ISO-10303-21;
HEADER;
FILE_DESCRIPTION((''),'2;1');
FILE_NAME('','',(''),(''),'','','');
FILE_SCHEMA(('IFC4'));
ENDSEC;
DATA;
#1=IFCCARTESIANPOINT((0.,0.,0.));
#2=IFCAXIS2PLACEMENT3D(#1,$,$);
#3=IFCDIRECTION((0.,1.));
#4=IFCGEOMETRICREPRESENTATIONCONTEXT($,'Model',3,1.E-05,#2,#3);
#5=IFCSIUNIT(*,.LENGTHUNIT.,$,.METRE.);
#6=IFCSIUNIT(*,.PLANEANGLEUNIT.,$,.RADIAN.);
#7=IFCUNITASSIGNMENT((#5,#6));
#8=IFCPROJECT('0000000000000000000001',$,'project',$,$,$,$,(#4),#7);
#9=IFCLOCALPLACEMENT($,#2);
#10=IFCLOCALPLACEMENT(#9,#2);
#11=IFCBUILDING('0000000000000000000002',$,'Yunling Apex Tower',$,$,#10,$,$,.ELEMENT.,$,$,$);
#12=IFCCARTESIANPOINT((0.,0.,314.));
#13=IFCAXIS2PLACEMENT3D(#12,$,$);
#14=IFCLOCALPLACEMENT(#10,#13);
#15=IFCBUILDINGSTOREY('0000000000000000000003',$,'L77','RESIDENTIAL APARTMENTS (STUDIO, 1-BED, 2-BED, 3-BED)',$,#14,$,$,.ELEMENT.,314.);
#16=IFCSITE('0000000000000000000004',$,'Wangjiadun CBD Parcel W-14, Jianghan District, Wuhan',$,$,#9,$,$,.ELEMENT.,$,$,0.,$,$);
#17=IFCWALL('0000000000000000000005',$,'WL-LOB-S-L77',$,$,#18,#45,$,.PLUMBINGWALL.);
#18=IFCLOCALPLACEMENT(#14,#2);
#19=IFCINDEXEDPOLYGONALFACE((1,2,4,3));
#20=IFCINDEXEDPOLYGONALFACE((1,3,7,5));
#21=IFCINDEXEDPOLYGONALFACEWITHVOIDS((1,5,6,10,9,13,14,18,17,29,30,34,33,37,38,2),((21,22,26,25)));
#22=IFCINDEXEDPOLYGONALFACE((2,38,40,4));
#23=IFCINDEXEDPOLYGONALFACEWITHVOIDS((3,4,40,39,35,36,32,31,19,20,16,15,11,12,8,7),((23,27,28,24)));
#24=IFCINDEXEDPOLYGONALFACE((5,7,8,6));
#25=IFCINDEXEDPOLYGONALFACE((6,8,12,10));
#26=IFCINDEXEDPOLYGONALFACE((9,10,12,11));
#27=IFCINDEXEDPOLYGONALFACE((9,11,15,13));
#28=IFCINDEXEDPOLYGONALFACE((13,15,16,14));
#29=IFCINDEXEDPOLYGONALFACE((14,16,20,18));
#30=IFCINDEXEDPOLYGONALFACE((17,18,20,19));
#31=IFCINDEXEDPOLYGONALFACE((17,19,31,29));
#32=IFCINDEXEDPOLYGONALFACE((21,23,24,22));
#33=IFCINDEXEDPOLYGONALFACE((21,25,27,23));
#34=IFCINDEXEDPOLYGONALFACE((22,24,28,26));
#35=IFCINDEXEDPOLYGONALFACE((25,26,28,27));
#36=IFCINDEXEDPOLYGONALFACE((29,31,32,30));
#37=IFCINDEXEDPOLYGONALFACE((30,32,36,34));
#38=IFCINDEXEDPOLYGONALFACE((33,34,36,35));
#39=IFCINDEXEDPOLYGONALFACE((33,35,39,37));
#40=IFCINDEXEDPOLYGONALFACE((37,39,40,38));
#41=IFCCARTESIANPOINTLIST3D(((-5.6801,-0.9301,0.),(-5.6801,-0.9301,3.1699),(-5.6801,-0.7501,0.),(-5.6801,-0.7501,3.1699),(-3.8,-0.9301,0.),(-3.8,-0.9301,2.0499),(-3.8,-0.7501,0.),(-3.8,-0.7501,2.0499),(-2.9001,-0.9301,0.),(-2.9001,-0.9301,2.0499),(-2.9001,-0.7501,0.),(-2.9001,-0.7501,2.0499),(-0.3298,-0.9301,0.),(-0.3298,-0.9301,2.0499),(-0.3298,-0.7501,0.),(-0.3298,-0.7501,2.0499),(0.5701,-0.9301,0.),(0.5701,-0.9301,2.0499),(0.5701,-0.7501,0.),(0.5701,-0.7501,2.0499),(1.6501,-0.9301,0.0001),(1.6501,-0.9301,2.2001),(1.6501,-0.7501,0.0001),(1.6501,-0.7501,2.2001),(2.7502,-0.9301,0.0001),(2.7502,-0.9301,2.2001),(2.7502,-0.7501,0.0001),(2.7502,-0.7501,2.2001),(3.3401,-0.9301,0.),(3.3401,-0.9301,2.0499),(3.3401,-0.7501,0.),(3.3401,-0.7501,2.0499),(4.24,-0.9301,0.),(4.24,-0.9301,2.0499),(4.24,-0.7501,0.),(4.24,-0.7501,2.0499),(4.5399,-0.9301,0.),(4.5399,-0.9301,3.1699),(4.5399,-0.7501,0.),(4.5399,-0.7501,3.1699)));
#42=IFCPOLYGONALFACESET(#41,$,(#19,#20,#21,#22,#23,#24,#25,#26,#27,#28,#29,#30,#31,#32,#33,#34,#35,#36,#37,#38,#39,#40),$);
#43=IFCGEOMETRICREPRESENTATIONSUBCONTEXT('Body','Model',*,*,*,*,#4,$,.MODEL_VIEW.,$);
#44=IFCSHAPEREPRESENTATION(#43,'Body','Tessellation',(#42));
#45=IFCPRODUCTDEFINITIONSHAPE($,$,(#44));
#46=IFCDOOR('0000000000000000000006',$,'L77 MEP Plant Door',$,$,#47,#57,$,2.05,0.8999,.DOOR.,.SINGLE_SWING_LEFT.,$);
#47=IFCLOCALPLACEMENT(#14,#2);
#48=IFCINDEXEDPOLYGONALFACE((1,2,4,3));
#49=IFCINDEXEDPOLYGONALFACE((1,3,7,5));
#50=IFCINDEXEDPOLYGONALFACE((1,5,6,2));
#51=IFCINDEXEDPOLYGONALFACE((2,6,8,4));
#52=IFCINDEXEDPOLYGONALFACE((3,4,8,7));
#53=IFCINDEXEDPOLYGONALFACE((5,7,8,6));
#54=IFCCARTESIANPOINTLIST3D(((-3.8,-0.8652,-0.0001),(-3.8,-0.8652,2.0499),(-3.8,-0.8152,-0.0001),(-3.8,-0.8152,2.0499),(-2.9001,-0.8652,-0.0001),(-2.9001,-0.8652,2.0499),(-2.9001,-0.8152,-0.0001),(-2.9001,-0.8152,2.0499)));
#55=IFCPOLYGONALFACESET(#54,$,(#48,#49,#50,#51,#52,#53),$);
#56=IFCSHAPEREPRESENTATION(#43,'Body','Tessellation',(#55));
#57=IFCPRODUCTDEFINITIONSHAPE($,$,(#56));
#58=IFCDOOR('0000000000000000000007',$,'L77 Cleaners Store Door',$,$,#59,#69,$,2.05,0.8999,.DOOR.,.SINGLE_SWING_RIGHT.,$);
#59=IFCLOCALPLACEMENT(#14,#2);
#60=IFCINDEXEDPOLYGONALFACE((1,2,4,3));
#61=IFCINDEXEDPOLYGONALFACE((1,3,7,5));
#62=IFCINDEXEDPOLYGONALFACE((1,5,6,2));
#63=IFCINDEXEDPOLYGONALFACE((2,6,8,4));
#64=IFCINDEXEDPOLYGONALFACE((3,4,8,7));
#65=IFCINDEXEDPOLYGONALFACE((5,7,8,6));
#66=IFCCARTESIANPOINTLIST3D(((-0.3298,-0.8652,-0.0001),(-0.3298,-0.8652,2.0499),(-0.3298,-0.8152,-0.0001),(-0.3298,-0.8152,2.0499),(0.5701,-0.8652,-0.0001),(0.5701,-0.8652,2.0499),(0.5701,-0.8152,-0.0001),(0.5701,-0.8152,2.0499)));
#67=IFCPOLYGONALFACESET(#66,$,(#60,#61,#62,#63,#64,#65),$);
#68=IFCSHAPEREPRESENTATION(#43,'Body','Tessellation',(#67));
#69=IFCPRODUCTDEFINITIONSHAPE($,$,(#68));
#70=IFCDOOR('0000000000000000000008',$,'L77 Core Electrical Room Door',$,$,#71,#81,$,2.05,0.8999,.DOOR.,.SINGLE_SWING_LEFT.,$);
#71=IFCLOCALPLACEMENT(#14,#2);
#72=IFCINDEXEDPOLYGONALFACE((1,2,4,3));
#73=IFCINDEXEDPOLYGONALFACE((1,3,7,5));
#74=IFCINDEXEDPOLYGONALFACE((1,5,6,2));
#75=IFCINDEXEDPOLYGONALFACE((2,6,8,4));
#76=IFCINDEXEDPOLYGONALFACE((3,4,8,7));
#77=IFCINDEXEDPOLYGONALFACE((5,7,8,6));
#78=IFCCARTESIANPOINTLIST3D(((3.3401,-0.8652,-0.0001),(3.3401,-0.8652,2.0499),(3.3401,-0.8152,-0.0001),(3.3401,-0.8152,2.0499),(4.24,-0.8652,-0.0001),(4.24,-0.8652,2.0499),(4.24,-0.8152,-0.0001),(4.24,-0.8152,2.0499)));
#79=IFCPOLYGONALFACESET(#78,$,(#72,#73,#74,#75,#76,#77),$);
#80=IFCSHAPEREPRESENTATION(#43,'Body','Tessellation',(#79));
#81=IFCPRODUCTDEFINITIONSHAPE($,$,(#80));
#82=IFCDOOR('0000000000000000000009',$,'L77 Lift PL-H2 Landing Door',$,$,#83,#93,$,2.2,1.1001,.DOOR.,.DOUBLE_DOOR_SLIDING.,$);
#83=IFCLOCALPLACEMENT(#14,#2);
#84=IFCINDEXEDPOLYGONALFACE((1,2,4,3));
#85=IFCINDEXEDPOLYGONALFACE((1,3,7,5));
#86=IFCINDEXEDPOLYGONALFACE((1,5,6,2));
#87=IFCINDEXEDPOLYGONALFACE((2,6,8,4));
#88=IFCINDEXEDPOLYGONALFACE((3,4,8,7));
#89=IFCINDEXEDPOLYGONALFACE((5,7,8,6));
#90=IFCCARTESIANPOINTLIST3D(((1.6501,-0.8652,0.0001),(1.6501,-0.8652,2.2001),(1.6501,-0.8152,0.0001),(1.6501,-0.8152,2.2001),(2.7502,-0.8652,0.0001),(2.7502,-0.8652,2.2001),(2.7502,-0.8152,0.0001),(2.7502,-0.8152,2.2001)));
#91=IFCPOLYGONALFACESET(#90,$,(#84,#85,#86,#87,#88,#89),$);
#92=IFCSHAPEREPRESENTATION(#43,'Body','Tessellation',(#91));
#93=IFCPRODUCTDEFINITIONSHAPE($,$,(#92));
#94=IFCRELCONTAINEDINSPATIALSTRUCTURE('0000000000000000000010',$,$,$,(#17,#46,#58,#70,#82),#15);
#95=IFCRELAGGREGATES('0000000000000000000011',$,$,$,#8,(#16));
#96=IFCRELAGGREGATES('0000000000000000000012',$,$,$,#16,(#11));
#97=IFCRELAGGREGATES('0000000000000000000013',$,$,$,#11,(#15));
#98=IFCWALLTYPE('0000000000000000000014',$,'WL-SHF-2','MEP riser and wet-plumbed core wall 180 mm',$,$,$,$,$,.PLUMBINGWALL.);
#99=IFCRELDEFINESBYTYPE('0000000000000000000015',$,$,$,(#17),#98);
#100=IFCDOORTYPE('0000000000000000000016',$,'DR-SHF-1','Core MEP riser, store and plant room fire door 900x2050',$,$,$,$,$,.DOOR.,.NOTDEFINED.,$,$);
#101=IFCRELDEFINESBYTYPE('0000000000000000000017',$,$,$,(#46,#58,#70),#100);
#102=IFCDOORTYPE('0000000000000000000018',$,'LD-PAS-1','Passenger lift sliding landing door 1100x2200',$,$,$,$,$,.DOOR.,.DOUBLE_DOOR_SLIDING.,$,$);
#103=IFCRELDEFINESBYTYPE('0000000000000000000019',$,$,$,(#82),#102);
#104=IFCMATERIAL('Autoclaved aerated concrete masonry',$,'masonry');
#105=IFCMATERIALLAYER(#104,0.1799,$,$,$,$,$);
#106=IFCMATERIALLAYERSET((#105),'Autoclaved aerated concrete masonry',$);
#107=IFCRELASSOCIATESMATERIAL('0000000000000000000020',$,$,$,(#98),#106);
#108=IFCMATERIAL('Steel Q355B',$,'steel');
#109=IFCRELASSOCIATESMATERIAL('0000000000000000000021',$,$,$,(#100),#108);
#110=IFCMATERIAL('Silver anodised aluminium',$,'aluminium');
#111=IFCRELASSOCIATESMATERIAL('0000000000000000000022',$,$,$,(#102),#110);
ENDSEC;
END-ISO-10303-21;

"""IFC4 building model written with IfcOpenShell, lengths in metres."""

from ifc_helpers import new_model, si_unit, direction, frame, frame_2d, origin, place, context, subcontext, project, spatial, rectangle, extrude, material, layer, layer_set, type_object, element, fill, save


model = new_model("IFC4")

# Units and contexts
model_context = context("Model", 3, precision=1e-05, world=origin(), true_north=direction((0.0, 1.0)))
body_context = subcontext(model_context, "Body", "Model", "MODEL_VIEW")
ifc_project = project(units=[si_unit("LENGTHUNIT", "METRE"), si_unit("PLANEANGLEUNIT", "RADIAN")], contexts=[model_context])

# Site, building, storey
site_placement = place(None, origin())
site = spatial("IfcSite", under=ifc_project, at=site_placement, Name="Wangjiadun CBD Parcel W-14, Jianghan District, Wuhan", CompositionType="ELEMENT", RefElevation=0.0)
building_placement = place(site_placement, origin())
building = spatial("IfcBuilding", under=site, at=building_placement, Name="Yunling Apex Tower", CompositionType="ELEMENT")
storey_placement = place(building_placement, frame((0.0, 0.0, 314.0)))
storey = spatial("IfcBuildingStorey", under=building, at=storey_placement, Name="L77", Description="RESIDENTIAL APARTMENTS (STUDIO, 1-BED, 2-BED, 3-BED)", CompositionType="ELEMENT", Elevation=314.0)

# Shared definitions
ifc_material_1 = material(Name="Steel Q355B", Category="steel")

# Shared definitions
ifc_material_2 = material(Name="Autoclaved aerated concrete masonry", Category="masonry")

# Wall, openings, doors
ifc_layer_1 = layer(ifc_material_2, 0.1799)
ifc_layer_set_1 = layer_set([ifc_layer_1], Name="Autoclaved aerated concrete masonry")
wall_type_1 = type_object("IfcWallType", Name="WL-SHF-2", Description="MEP riser and wet-plumbed core wall 180 mm", PredefinedType="PLUMBINGWALL", material=ifc_layer_set_1)
wall_1_placement = place(storey_placement, frame((-5.6799, -0.8401, 0.0), z_axis=(0.0, 0.0, 1.0), x_axis=(1.0, 0.0, 0.0)))
wall_1 = element("IfcWall", 1, at=wall_1_placement, inside=storey, type_object=wall_type_1, Name="WL-LOB-S-L77", PredefinedType="PLUMBINGWALL", context=body_context, shape_type="SweptSolid", body=[
    extrude(rectangle(XDim=10.22, YDim=0.1799, at=frame_2d((5.1099, 0.0))), origin(), (0.0, 0.0, 1.0), 3.1699),
])
opening_1_placement = place(wall_1_placement, frame((1.8799, 0.0, 0.0)))
opening_1 = element("IfcOpeningElement", 2, at=opening_1_placement, cuts=wall_1, PredefinedType="OPENING", context=body_context, shape_type="SweptSolid", body=[
    extrude(rectangle(XDim=0.8999, YDim=2.05, at=frame_2d((0.45, 1.0249))), frame((0.0, 0.1001, 0.0), z_axis=(0.0, -1.0, 0.0), x_axis=(1.0, 0.0, 0.0)), (0.0, 0.0, 1.0), 0.2),
])
opening_2_placement = place(wall_1_placement, frame((5.3501, 0.0, 0.0)))
opening_2 = element("IfcOpeningElement", 3, at=opening_2_placement, cuts=wall_1, PredefinedType="OPENING", context=body_context, shape_type="SweptSolid", body=[
    extrude(rectangle(XDim=0.8999, YDim=2.05, at=frame_2d((0.45, 1.0249))), frame((0.0, 0.1001, 0.0), z_axis=(0.0, -1.0, 0.0), x_axis=(1.0, 0.0, 0.0)), (0.0, 0.0, 1.0), 0.2),
])
opening_3_placement = place(wall_1_placement, frame((7.3301, 0.0, 0.0)))
opening_3 = element("IfcOpeningElement", 4, at=opening_3_placement, cuts=wall_1, PredefinedType="OPENING", context=body_context, shape_type="SweptSolid", body=[
    extrude(rectangle(XDim=1.1001, YDim=2.2, at=frame_2d((0.55, 1.1001))), frame((0.0, 0.1001, 0.0), z_axis=(0.0, -1.0, 0.0), x_axis=(1.0, 0.0, 0.0)), (0.0, 0.0, 1.0), 0.2),
])
opening_4_placement = place(wall_1_placement, frame((9.02, 0.0, 0.0)))
opening_4 = element("IfcOpeningElement", 5, at=opening_4_placement, cuts=wall_1, PredefinedType="OPENING", context=body_context, shape_type="SweptSolid", body=[
    extrude(rectangle(XDim=0.8999, YDim=2.05, at=frame_2d((0.45, 1.0249))), frame((0.0, 0.1001, 0.0), z_axis=(0.0, -1.0, 0.0), x_axis=(1.0, 0.0, 0.0)), (0.0, 0.0, 1.0), 0.2),
])
door_type_1 = type_object("IfcDoorType", Name="DR-SHF-1", Description="Core MEP riser, store and plant room fire door 900x2050", OperationType="NOTDEFINED", PredefinedType="DOOR", material=ifc_material_1)
door_1_placement = place(opening_1_placement, origin())
door_1 = element("IfcDoor", 6, at=door_1_placement, inside=storey, type_object=door_type_1, Name="L77 MEP Plant Door", OperationType="SINGLE_SWING_LEFT", OverallHeight=2.05, OverallWidth=0.8999, PredefinedType="DOOR", context=body_context, shape_type="SweptSolid", body=[
    extrude(rectangle(XDim=0.8999, YDim=2.05, at=frame_2d((0.45, 1.0249))), frame((0.0, 0.0249, 0.0), z_axis=(0.0, -1.0, 0.0), x_axis=(1.0, 0.0, 0.0)), (0.0, 0.0, 1.0), 0.05),
])
fill(opening_1, door_1)
door_2_placement = place(opening_2_placement, origin())
door_2 = element("IfcDoor", 7, at=door_2_placement, inside=storey, type_object=door_type_1, Name="L77 Cleaners Store Door", OperationType="SINGLE_SWING_RIGHT", OverallHeight=2.05, OverallWidth=0.8999, PredefinedType="DOOR", context=body_context, shape_type="SweptSolid", body=[
    extrude(rectangle(XDim=0.8999, YDim=2.05, at=frame_2d((0.45, 1.0249))), frame((0.0, 0.0249, 0.0), z_axis=(0.0, -1.0, 0.0), x_axis=(1.0, 0.0, 0.0)), (0.0, 0.0, 1.0), 0.05),
])
fill(opening_2, door_2)
door_3_placement = place(opening_4_placement, origin())
door_3 = element("IfcDoor", 8, at=door_3_placement, inside=storey, type_object=door_type_1, Name="L77 Core Electrical Room Door", OperationType="SINGLE_SWING_LEFT", OverallHeight=2.05, OverallWidth=0.8999, PredefinedType="DOOR", context=body_context, shape_type="SweptSolid", body=[
    extrude(rectangle(XDim=0.8999, YDim=2.05, at=frame_2d((0.45, 1.0249))), frame((0.0, 0.0249, 0.0), z_axis=(0.0, -1.0, 0.0), x_axis=(1.0, 0.0, 0.0)), (0.0, 0.0, 1.0), 0.05),
])
fill(opening_4, door_3)
ifc_material_3 = material(Name="Silver anodised aluminium", Category="aluminium")
door_type_2 = type_object("IfcDoorType", Name="LD-PAS-1", Description="Passenger lift sliding landing door 1100x2200", OperationType="DOUBLE_DOOR_SLIDING", PredefinedType="DOOR", material=ifc_material_3)
door_4_placement = place(opening_3_placement, origin())
door_4 = element("IfcDoor", 9, at=door_4_placement, inside=storey, type_object=door_type_2, Name="L77 Lift PL-H2 Landing Door", OperationType="DOUBLE_DOOR_SLIDING", OverallHeight=2.2, OverallWidth=1.1001, PredefinedType="DOOR", context=body_context, shape_type="SweptSolid", body=[
    extrude(rectangle(XDim=1.1001, YDim=2.2, at=frame_2d((0.55, 1.1001))), frame((0.0, 0.0249, 0.0), z_axis=(0.0, -1.0, 0.0), x_axis=(1.0, 0.0, 0.0)), (0.0, 0.0, 1.0), 0.05),
])
fill(opening_3, door_4)

save(model, "model.ifc")
